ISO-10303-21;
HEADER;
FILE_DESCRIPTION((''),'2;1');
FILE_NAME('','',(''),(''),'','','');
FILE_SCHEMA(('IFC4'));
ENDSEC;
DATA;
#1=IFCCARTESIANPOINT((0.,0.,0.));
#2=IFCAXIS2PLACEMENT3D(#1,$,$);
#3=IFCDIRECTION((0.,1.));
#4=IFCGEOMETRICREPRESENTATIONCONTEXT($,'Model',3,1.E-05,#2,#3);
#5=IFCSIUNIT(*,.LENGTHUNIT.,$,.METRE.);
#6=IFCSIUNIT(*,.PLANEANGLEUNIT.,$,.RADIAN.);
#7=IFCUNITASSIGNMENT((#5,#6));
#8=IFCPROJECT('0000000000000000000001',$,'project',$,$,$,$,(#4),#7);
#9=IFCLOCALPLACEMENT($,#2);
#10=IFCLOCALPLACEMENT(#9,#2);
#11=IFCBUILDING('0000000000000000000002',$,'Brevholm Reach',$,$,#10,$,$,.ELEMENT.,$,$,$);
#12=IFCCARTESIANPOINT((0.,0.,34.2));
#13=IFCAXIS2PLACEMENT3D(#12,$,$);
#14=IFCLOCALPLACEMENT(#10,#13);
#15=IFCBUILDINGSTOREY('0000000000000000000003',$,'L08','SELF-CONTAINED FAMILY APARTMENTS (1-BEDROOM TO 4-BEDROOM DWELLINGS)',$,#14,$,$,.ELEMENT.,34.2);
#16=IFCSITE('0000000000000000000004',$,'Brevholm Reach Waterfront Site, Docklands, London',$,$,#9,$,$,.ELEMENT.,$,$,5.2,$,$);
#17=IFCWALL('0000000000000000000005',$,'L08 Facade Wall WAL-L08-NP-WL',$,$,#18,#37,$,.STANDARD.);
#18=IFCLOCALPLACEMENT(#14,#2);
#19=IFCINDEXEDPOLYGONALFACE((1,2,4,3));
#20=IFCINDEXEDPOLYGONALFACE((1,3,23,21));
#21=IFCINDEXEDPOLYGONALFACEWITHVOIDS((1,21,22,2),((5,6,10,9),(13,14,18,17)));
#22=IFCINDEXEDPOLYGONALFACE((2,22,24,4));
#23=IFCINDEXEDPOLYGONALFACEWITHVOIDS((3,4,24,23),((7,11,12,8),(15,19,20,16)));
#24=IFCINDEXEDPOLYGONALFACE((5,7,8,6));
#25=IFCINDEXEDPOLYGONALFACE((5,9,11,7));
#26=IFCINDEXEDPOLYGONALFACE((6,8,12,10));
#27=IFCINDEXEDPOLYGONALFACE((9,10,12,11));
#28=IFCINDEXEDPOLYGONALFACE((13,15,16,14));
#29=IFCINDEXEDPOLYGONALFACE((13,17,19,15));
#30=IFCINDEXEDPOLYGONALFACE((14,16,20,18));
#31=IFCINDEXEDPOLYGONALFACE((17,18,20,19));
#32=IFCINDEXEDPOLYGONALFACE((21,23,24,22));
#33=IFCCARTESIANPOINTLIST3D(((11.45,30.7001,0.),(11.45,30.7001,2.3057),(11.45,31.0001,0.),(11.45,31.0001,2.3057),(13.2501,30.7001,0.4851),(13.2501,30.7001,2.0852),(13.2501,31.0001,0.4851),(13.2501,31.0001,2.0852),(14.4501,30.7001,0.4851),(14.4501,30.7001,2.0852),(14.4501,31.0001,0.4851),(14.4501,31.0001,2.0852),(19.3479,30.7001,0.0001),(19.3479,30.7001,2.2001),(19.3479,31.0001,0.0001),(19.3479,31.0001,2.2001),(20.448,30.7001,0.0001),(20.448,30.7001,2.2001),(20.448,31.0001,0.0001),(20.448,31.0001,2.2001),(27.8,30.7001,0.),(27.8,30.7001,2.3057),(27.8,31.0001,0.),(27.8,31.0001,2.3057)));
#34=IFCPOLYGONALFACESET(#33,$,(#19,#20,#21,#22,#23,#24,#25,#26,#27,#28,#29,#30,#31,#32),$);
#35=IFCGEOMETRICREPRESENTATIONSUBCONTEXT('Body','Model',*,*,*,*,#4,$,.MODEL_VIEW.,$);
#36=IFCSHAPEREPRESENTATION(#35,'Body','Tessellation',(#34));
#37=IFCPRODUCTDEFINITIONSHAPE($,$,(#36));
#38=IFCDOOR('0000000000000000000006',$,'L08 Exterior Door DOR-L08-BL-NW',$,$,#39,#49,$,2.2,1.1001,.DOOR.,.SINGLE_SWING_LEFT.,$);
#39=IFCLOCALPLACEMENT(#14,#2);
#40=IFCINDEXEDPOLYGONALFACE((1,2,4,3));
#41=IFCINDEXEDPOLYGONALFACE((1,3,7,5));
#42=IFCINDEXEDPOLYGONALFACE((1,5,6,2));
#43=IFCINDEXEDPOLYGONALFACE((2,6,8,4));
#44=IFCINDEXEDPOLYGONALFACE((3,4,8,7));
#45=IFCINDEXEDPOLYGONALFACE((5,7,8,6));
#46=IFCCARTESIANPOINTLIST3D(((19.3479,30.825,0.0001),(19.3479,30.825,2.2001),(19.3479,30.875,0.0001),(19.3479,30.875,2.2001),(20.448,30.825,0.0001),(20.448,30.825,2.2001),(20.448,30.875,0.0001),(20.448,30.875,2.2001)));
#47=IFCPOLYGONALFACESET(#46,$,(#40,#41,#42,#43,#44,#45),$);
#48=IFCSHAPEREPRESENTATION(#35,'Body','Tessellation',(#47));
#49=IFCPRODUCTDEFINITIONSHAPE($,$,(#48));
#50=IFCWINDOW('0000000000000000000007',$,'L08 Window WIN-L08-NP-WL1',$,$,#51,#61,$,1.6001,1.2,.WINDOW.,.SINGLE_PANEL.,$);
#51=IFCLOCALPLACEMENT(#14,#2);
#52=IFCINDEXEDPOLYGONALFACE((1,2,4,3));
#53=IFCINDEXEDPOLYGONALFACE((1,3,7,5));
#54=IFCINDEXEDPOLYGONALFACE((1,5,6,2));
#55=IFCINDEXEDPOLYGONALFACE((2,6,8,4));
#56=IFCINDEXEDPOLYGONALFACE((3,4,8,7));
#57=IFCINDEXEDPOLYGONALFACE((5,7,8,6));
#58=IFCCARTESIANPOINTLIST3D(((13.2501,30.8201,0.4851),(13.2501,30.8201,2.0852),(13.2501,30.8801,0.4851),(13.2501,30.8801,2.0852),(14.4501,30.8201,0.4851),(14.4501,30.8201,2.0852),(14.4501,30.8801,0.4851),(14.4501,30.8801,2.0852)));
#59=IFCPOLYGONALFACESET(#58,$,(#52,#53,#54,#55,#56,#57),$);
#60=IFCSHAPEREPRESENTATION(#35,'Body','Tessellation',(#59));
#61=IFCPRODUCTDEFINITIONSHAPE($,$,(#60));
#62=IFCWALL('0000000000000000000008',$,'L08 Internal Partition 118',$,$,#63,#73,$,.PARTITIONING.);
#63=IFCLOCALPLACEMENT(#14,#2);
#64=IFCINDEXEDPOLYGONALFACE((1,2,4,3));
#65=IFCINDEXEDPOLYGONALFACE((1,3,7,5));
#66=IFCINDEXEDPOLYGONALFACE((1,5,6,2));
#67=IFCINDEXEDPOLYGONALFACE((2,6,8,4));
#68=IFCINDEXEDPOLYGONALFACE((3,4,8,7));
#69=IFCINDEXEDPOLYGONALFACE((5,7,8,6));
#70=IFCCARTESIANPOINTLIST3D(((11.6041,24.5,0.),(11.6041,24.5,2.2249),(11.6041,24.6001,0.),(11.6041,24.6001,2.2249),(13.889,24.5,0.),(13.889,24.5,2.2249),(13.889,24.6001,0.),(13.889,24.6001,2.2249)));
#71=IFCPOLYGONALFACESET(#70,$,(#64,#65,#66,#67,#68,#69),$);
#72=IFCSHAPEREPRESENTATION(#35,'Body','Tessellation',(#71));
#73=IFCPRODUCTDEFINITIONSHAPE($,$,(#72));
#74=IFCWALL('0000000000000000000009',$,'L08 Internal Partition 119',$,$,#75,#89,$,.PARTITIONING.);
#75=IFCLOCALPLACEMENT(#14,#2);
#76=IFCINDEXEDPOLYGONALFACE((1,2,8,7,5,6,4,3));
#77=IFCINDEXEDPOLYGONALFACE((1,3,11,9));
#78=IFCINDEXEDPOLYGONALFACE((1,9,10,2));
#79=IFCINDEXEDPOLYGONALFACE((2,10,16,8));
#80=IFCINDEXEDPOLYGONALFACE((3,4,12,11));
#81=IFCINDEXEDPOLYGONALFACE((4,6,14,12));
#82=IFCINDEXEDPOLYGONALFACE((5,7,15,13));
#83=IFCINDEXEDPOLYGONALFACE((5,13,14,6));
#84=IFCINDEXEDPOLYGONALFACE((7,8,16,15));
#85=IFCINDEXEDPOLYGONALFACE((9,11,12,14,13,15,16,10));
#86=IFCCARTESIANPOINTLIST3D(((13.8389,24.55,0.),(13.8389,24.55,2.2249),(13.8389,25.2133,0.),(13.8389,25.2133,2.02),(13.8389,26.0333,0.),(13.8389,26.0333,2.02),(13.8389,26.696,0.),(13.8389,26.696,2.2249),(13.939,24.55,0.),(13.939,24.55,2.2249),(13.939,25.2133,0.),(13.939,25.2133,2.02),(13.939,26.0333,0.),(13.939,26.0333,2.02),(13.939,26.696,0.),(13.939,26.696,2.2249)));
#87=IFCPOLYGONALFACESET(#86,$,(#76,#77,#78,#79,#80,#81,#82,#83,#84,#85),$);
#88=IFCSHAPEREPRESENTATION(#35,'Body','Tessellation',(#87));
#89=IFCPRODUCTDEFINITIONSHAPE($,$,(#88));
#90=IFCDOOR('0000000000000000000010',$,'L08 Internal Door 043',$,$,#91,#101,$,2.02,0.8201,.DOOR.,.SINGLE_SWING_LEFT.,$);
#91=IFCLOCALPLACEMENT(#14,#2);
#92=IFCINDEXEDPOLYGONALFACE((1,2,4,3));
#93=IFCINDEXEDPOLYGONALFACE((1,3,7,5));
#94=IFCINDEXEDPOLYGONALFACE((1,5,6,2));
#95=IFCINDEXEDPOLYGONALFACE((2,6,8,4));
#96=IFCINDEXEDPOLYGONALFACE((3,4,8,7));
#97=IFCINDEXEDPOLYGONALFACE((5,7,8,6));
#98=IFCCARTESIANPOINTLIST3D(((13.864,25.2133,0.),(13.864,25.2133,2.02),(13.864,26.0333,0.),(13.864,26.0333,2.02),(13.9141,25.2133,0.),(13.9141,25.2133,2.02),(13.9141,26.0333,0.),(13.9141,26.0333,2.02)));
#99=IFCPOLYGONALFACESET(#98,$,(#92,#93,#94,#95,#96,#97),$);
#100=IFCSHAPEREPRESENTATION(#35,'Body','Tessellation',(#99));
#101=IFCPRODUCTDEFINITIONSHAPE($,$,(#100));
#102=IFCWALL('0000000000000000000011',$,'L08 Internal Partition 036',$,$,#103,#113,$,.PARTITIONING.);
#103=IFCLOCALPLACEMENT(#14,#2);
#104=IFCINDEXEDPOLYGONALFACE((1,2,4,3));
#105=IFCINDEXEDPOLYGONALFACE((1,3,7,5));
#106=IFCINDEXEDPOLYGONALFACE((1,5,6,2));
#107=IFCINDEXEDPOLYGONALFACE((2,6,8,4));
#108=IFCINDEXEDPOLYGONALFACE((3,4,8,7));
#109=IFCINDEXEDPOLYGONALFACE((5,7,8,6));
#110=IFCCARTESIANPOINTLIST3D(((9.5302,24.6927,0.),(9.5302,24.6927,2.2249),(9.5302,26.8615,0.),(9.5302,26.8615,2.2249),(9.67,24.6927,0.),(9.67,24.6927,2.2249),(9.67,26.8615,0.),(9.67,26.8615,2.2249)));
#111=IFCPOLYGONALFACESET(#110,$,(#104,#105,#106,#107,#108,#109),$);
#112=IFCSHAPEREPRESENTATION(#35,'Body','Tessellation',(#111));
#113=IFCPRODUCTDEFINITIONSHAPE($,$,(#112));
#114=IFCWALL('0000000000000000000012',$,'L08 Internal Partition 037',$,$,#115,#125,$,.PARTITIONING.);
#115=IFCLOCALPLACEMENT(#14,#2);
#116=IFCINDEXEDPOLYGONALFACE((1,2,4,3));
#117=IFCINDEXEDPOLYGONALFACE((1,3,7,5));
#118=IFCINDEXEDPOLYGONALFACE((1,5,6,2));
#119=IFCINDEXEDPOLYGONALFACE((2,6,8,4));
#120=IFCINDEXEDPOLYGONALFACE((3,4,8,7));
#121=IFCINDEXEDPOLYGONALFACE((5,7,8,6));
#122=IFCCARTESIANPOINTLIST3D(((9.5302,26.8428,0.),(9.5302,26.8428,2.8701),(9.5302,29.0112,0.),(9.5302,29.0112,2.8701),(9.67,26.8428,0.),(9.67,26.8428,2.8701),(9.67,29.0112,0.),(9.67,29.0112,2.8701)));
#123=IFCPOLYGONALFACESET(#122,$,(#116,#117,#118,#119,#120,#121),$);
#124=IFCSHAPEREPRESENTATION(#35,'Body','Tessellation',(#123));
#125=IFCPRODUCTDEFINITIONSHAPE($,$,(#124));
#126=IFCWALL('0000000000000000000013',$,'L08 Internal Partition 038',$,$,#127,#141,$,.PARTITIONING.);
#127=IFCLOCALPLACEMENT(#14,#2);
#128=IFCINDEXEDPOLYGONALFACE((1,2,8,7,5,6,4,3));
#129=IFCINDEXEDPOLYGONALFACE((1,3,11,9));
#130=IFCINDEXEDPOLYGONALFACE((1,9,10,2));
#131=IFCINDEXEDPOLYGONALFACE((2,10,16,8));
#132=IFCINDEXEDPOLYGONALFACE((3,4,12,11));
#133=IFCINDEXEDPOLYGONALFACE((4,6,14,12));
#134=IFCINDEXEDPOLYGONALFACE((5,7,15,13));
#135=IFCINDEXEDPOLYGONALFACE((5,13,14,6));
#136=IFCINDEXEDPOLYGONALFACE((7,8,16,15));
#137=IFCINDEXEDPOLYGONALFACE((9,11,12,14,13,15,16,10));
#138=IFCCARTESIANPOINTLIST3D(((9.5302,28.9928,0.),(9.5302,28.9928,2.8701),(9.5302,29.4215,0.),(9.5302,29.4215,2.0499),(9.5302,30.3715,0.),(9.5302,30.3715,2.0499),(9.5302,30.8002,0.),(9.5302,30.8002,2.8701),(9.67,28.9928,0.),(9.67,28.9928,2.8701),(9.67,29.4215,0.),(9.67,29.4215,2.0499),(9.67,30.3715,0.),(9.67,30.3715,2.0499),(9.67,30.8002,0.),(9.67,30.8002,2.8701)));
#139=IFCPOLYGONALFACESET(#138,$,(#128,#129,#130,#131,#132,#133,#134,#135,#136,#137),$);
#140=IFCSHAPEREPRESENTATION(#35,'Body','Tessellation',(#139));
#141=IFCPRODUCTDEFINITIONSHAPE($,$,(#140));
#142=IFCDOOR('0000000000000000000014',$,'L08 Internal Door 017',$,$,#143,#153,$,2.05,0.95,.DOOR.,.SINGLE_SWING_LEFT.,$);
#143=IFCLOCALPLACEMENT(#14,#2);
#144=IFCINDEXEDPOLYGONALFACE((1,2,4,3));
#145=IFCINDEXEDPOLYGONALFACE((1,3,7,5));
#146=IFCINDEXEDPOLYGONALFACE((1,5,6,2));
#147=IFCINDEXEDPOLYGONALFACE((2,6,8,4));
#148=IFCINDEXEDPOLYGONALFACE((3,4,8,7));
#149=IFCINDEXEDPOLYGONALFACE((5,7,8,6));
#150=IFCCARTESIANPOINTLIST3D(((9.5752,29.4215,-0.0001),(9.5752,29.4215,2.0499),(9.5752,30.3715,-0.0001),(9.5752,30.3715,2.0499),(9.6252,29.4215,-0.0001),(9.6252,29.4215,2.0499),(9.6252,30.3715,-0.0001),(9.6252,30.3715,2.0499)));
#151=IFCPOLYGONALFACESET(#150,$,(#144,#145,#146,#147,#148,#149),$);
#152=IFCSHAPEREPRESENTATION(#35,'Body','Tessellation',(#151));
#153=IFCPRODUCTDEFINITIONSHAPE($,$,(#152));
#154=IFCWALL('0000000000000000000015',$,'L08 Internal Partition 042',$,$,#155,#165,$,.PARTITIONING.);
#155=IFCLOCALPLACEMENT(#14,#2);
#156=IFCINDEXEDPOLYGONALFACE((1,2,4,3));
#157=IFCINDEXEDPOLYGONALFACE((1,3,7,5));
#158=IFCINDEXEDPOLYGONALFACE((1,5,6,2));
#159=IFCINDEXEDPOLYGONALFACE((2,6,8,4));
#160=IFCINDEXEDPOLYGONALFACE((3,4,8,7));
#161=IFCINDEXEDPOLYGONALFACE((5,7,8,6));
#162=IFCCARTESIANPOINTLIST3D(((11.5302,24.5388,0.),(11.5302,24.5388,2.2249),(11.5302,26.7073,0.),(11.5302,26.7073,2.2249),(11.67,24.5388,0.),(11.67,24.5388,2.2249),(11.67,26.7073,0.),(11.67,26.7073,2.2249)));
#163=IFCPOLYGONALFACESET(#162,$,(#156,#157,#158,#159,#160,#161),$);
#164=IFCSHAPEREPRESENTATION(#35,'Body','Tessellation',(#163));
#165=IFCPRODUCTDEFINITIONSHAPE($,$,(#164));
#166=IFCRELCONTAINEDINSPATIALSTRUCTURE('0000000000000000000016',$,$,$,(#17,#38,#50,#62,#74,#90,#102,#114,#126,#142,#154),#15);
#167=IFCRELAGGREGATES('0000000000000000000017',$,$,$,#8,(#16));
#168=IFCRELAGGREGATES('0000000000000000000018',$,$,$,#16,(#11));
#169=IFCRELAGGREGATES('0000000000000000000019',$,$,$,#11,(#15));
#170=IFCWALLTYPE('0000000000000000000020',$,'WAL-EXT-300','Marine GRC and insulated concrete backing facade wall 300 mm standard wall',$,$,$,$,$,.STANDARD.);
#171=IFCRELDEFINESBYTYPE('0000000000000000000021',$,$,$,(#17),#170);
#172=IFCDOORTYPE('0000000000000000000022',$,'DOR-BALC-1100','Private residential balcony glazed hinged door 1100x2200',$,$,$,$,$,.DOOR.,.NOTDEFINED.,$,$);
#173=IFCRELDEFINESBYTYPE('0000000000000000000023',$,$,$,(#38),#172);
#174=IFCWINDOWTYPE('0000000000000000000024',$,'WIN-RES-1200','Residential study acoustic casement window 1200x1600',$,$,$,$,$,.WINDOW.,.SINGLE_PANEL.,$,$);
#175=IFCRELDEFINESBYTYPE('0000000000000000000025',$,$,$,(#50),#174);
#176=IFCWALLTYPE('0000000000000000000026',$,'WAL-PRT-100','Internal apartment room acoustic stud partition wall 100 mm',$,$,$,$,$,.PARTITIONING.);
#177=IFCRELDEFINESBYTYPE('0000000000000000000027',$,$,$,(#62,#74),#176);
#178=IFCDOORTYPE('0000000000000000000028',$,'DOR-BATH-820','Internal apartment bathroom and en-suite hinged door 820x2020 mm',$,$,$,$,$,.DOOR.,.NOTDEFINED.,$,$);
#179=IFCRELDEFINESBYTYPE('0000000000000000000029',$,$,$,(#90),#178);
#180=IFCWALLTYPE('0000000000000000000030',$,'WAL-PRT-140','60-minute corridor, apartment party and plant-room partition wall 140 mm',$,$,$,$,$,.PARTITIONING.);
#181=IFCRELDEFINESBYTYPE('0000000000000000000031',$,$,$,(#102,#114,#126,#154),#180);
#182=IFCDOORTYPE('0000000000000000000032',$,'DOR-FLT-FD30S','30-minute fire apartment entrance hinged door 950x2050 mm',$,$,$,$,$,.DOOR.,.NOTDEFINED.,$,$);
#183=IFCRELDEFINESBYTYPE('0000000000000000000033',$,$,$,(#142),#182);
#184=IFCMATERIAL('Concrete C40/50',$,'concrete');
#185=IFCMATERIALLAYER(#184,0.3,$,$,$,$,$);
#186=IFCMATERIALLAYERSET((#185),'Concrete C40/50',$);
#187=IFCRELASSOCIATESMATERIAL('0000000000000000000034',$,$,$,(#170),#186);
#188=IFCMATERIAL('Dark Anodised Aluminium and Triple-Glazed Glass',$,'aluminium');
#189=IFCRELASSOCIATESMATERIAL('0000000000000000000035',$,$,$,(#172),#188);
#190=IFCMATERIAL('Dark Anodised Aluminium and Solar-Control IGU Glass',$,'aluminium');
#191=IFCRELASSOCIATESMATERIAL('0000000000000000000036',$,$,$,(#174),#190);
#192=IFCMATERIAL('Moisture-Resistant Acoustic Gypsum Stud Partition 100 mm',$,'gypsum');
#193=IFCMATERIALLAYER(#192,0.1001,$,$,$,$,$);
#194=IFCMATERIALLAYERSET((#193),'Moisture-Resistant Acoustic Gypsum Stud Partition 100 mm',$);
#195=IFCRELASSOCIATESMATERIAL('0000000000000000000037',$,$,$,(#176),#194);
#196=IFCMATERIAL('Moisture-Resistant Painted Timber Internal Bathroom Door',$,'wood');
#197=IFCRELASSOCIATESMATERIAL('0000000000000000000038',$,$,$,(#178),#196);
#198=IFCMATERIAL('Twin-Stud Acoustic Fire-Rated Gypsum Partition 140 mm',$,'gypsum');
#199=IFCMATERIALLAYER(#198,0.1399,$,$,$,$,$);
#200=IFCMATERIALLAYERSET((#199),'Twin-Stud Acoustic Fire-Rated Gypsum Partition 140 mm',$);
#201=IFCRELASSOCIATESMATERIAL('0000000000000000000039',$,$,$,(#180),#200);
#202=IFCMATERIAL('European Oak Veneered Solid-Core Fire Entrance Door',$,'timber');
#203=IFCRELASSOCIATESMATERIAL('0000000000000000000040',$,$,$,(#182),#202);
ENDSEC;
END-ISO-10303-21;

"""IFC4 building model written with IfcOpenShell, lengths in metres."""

from ifc_helpers import new_model, si_unit, direction, frame, frame_2d, origin, place, context, subcontext, project, spatial, rectangle, extrude, material, layer, layer_set, type_object, element, fill, save


model = new_model("IFC4")

# Units and contexts
model_context = context("Model", 3, precision=1e-05, world=origin(), true_north=direction((0.0, 1.0)))
body_context = subcontext(model_context, "Body", "Model", "MODEL_VIEW")
ifc_project = project(units=[si_unit("LENGTHUNIT", "METRE"), si_unit("PLANEANGLEUNIT", "RADIAN")], contexts=[model_context])

# Site, building, storey
site_placement = place(None, origin())
site = spatial("IfcSite", under=ifc_project, at=site_placement, Name="Brevholm Reach Waterfront Site, Docklands, London", CompositionType="ELEMENT", RefElevation=5.2)
building_placement = place(site_placement, origin())
building = spatial("IfcBuilding", under=site, at=building_placement, Name="Brevholm Reach", CompositionType="ELEMENT")
storey_placement = place(building_placement, frame((0.0, 0.0, 34.2)))
storey = spatial("IfcBuildingStorey", under=building, at=storey_placement, Name="L08", Description="SELF-CONTAINED FAMILY APARTMENTS (1-BEDROOM TO 4-BEDROOM DWELLINGS)", CompositionType="ELEMENT", Elevation=34.2)

# Wall, openings, door, window
ifc_material_1 = material(Name="Concrete C40/50", Category="concrete")
ifc_layer_1 = layer(ifc_material_1, 0.3)
ifc_layer_set_1 = layer_set([ifc_layer_1], Name="Concrete C40/50")
wall_type_1 = type_object("IfcWallType", Name="WAL-EXT-300", Description="Marine GRC and insulated concrete backing facade wall 300 mm standard wall", PredefinedType="STANDARD", material=ifc_layer_set_1)
wall_1_placement = place(storey_placement, frame((11.45, 30.8501, 0.0), z_axis=(0.0, 0.0, 1.0), x_axis=(1.0, 0.0, 0.0)))
wall_1 = element("IfcWall", 1, at=wall_1_placement, inside=storey, type_object=wall_type_1, Name="L08 Facade Wall WAL-L08-NP-WL", PredefinedType="STANDARD", context=body_context, shape_type="SweptSolid", body=[
    extrude(rectangle(XDim=16.3501, YDim=0.3, at=frame_2d((8.175, 0.0))), origin(), (0.0, 0.0, 1.0), 2.3057),
])
opening_1_placement = place(wall_1_placement, frame((7.8979, 0.0, 0.0)))
opening_1 = element("IfcOpeningElement", 2, at=opening_1_placement, cuts=wall_1, PredefinedType="OPENING", context=body_context, shape_type="SweptSolid", body=[
    extrude(rectangle(XDim=1.1001, YDim=2.2, at=frame_2d((0.55, 1.1001))), frame((0.0, 0.1599, 0.0), z_axis=(0.0, -1.0, 0.0), x_axis=(1.0, 0.0, 0.0)), (0.0, 0.0, 1.0), 0.3201),
])
opening_2_placement = place(wall_1_placement, frame((1.8, 0.0, 0.4851)))
opening_2 = element("IfcOpeningElement", 3, at=opening_2_placement, cuts=wall_1, PredefinedType="OPENING", context=body_context, shape_type="SweptSolid", body=[
    extrude(rectangle(XDim=1.2, YDim=1.6001, at=frame_2d((0.6001, 0.8))), frame((0.0, 0.1599, 0.0), z_axis=(0.0, -1.0, 0.0), x_axis=(1.0, 0.0, 0.0)), (0.0, 0.0, 1.0), 0.3201),
])
ifc_material_2 = material(Name="Dark Anodised Aluminium and Triple-Glazed Glass", Category="aluminium")
door_type_1 = type_object("IfcDoorType", Name="DOR-BALC-1100", Description="Private residential balcony glazed hinged door 1100x2200", OperationType="NOTDEFINED", PredefinedType="DOOR", material=ifc_material_2)
door_1_placement = place(opening_1_placement, origin())
door_1 = element("IfcDoor", 4, at=door_1_placement, inside=storey, type_object=door_type_1, Name="L08 Exterior Door DOR-L08-BL-NW", OperationType="SINGLE_SWING_LEFT", OverallHeight=2.2, OverallWidth=1.1001, PredefinedType="DOOR", context=body_context, shape_type="SweptSolid", body=[
    extrude(rectangle(XDim=1.1001, YDim=2.2, at=frame_2d((0.55, 1.1001))), frame((0.0, 0.0249, 0.0), z_axis=(0.0, -1.0, 0.0), x_axis=(1.0, 0.0, 0.0)), (0.0, 0.0, 1.0), 0.05),
])
fill(opening_1, door_1)
ifc_material_3 = material(Name="Dark Anodised Aluminium and Solar-Control IGU Glass", Category="aluminium")
window_type = type_object("IfcWindowType", Name="WIN-RES-1200", Description="Residential study acoustic casement window 1200x1600", PartitioningType="SINGLE_PANEL", PredefinedType="WINDOW", material=ifc_material_3)
window_placement = place(opening_2_placement, origin())
window = element("IfcWindow", 5, at=window_placement, inside=storey, type_object=window_type, Name="L08 Window WIN-L08-NP-WL1", OverallHeight=1.6001, OverallWidth=1.2, PartitioningType="SINGLE_PANEL", PredefinedType="WINDOW", context=body_context, shape_type="SweptSolid", body=[
    extrude(rectangle(XDim=1.2, YDim=1.6001, at=frame_2d((0.6001, 0.8))), frame((0.0, 0.03, 0.0), z_axis=(0.0, -1.0, 0.0), x_axis=(1.0, 0.0, 0.0)), (0.0, 0.0, 1.0), 0.0601),
])
fill(opening_2, window)

# Wall
ifc_material_4 = material(Name="Moisture-Resistant Acoustic Gypsum Stud Partition 100 mm", Category="gypsum")
ifc_layer_2 = layer(ifc_material_4, 0.1001)
ifc_layer_set_2 = layer_set([ifc_layer_2], Name="Moisture-Resistant Acoustic Gypsum Stud Partition 100 mm")
wall_type_2 = type_object("IfcWallType", Name="WAL-PRT-100", Description="Internal apartment room acoustic stud partition wall 100 mm", PredefinedType="PARTITIONING", material=ifc_layer_set_2)
wall_2_placement = place(storey_placement, frame((11.604, 24.55, 0.0), z_axis=(0.0, 0.0, 1.0), x_axis=(1.0, 0.0, 0.0)))
element("IfcWall", 6, at=wall_2_placement, inside=storey, type_object=wall_type_2, Name="L08 Internal Partition 118", PredefinedType="PARTITIONING", context=body_context, shape_type="SweptSolid", body=[
    extrude(rectangle(XDim=2.2849, YDim=0.1001, at=frame_2d((1.1426, 0.0))), origin(), (0.0, 0.0, 1.0), 2.2249),
])

# Wall, opening, door
wall_3_placement = place(storey_placement, frame((13.8889, 24.55, 0.0), z_axis=(0.0, 0.0, 1.0), x_axis=(0.0, 1.0, 0.0)))
wall_3 = element("IfcWall", 7, at=wall_3_placement, inside=storey, type_object=wall_type_2, Name="L08 Internal Partition 119", PredefinedType="PARTITIONING", context=body_context, shape_type="SweptSolid", body=[
    extrude(rectangle(XDim=2.146, YDim=0.1001, at=frame_2d((1.073, 0.0))), origin(), (0.0, 0.0, 1.0), 2.2249),
])
opening_3_placement = place(wall_3_placement, frame((0.6631, 0.0, 0.0)))
opening_3 = element("IfcOpeningElement", 8, at=opening_3_placement, cuts=wall_3, PredefinedType="OPENING", context=body_context, shape_type="SweptSolid", body=[
    extrude(rectangle(XDim=0.8201, YDim=2.02, at=frame_2d((0.4102, 1.01))), frame((0.0, 0.0601, 0.0), z_axis=(0.0, -1.0, 0.0), x_axis=(1.0, 0.0, 0.0)), (0.0, 0.0, 1.0), 0.1201),
])
ifc_material_5 = material(Name="Moisture-Resistant Painted Timber Internal Bathroom Door", Category="wood")
door_type_2 = type_object("IfcDoorType", Name="DOR-BATH-820", Description="Internal apartment bathroom and en-suite hinged door 820x2020 mm", OperationType="NOTDEFINED", PredefinedType="DOOR", material=ifc_material_5)
door_2_placement = place(opening_3_placement, origin())
door_2 = element("IfcDoor", 9, at=door_2_placement, inside=storey, type_object=door_type_2, Name="L08 Internal Door 043", OperationType="SINGLE_SWING_LEFT", OverallHeight=2.02, OverallWidth=0.8201, PredefinedType="DOOR", context=body_context, shape_type="SweptSolid", body=[
    extrude(rectangle(XDim=0.8201, YDim=2.02, at=frame_2d((0.4102, 1.01))), frame((0.0, 0.0249, 0.0), z_axis=(0.0, -1.0, 0.0), x_axis=(1.0, 0.0, 0.0)), (0.0, 0.0, 1.0), 0.05),
])
fill(opening_3, door_2)

# Walls
ifc_material_6 = material(Name="Twin-Stud Acoustic Fire-Rated Gypsum Partition 140 mm", Category="gypsum")
ifc_layer_3 = layer(ifc_material_6, 0.1399)
ifc_layer_set_3 = layer_set([ifc_layer_3], Name="Twin-Stud Acoustic Fire-Rated Gypsum Partition 140 mm")
wall_type_3 = type_object("IfcWallType", Name="WAL-PRT-140", Description="60-minute corridor, apartment party and plant-room partition wall 140 mm", PredefinedType="PARTITIONING", material=ifc_layer_set_3)
wall_4_placement = place(storey_placement, frame((9.6001, 24.6926, 0.0), z_axis=(0.0, 0.0, 1.0), x_axis=(0.0, 1.0, 0.0)))
element("IfcWall", 10, at=wall_4_placement, inside=storey, type_object=wall_type_3, Name="L08 Internal Partition 036", PredefinedType="PARTITIONING", context=body_context, shape_type="SweptSolid", body=[
    extrude(rectangle(XDim=2.1687, YDim=0.1399, at=frame_2d((1.0845, 0.0))), origin(), (0.0, 0.0, 1.0), 2.2249),
])
wall_5_placement = place(storey_placement, frame((9.6001, 26.8428, 0.0), z_axis=(0.0, 0.0, 1.0), x_axis=(0.0, 1.0, 0.0)))
element("IfcWall", 11, at=wall_5_placement, inside=storey, type_object=wall_type_3, Name="L08 Internal Partition 037", PredefinedType="PARTITIONING", context=body_context, shape_type="SweptSolid", body=[
    extrude(rectangle(XDim=2.1685, YDim=0.1399, at=frame_2d((1.0842, 0.0))), origin(), (0.0, 0.0, 1.0), 2.8701),
])

# Wall, opening, door
wall_6_placement = place(storey_placement, frame((9.6001, 28.9927, 0.0), z_axis=(0.0, 0.0, 1.0), x_axis=(0.0, 1.0, 0.0)))
wall_6 = element("IfcWall", 12, at=wall_6_placement, inside=storey, type_object=wall_type_3, Name="L08 Internal Partition 038", PredefinedType="PARTITIONING", context=body_context, shape_type="SweptSolid", body=[
    extrude(rectangle(XDim=1.8074, YDim=0.1399, at=frame_2d((0.9038, 0.0))), origin(), (0.0, 0.0, 1.0), 2.8701),
])
opening_4_placement = place(wall_6_placement, frame((0.4287, 0.0, 0.0)))
opening_4 = element("IfcOpeningElement", 13, at=opening_4_placement, cuts=wall_6, PredefinedType="OPENING", context=body_context, shape_type="SweptSolid", body=[
    extrude(rectangle(XDim=0.95, YDim=2.05, at=frame_2d((0.4751, 1.0249))), frame((0.0, 0.0798, 0.0), z_axis=(0.0, -1.0, 0.0), x_axis=(1.0, 0.0, 0.0)), (0.0, 0.0, 1.0), 0.1599),
])
ifc_material_7 = material(Name="European Oak Veneered Solid-Core Fire Entrance Door", Category="timber")
door_type_3 = type_object("IfcDoorType", Name="DOR-FLT-FD30S", Description="30-minute fire apartment entrance hinged door 950x2050 mm", OperationType="NOTDEFINED", PredefinedType="DOOR", material=ifc_material_7)
door_3_placement = place(opening_4_placement, origin())
door_3 = element("IfcDoor", 14, at=door_3_placement, inside=storey, type_object=door_type_3, Name="L08 Internal Door 017", OperationType="SINGLE_SWING_LEFT", OverallHeight=2.05, OverallWidth=0.95, PredefinedType="DOOR", context=body_context, shape_type="SweptSolid", body=[
    extrude(rectangle(XDim=0.95, YDim=2.05, at=frame_2d((0.4751, 1.0249))), frame((0.0, 0.0249, 0.0), z_axis=(0.0, -1.0, 0.0), x_axis=(1.0, 0.0, 0.0)), (0.0, 0.0, 1.0), 0.05),
])
fill(opening_4, door_3)

# Wall
wall_7_placement = place(storey_placement, frame((11.6001, 24.5388, 0.0), z_axis=(0.0, 0.0, 1.0), x_axis=(0.0, 1.0, 0.0)))
element("IfcWall", 15, at=wall_7_placement, inside=storey, type_object=wall_type_3, Name="L08 Internal Partition 042", PredefinedType="PARTITIONING", context=body_context, shape_type="SweptSolid", body=[
    extrude(rectangle(XDim=2.1685, YDim=0.1399, at=frame_2d((1.0842, 0.0))), origin(), (0.0, 0.0, 1.0), 2.2249),
])

save(model, "model.ifc")
